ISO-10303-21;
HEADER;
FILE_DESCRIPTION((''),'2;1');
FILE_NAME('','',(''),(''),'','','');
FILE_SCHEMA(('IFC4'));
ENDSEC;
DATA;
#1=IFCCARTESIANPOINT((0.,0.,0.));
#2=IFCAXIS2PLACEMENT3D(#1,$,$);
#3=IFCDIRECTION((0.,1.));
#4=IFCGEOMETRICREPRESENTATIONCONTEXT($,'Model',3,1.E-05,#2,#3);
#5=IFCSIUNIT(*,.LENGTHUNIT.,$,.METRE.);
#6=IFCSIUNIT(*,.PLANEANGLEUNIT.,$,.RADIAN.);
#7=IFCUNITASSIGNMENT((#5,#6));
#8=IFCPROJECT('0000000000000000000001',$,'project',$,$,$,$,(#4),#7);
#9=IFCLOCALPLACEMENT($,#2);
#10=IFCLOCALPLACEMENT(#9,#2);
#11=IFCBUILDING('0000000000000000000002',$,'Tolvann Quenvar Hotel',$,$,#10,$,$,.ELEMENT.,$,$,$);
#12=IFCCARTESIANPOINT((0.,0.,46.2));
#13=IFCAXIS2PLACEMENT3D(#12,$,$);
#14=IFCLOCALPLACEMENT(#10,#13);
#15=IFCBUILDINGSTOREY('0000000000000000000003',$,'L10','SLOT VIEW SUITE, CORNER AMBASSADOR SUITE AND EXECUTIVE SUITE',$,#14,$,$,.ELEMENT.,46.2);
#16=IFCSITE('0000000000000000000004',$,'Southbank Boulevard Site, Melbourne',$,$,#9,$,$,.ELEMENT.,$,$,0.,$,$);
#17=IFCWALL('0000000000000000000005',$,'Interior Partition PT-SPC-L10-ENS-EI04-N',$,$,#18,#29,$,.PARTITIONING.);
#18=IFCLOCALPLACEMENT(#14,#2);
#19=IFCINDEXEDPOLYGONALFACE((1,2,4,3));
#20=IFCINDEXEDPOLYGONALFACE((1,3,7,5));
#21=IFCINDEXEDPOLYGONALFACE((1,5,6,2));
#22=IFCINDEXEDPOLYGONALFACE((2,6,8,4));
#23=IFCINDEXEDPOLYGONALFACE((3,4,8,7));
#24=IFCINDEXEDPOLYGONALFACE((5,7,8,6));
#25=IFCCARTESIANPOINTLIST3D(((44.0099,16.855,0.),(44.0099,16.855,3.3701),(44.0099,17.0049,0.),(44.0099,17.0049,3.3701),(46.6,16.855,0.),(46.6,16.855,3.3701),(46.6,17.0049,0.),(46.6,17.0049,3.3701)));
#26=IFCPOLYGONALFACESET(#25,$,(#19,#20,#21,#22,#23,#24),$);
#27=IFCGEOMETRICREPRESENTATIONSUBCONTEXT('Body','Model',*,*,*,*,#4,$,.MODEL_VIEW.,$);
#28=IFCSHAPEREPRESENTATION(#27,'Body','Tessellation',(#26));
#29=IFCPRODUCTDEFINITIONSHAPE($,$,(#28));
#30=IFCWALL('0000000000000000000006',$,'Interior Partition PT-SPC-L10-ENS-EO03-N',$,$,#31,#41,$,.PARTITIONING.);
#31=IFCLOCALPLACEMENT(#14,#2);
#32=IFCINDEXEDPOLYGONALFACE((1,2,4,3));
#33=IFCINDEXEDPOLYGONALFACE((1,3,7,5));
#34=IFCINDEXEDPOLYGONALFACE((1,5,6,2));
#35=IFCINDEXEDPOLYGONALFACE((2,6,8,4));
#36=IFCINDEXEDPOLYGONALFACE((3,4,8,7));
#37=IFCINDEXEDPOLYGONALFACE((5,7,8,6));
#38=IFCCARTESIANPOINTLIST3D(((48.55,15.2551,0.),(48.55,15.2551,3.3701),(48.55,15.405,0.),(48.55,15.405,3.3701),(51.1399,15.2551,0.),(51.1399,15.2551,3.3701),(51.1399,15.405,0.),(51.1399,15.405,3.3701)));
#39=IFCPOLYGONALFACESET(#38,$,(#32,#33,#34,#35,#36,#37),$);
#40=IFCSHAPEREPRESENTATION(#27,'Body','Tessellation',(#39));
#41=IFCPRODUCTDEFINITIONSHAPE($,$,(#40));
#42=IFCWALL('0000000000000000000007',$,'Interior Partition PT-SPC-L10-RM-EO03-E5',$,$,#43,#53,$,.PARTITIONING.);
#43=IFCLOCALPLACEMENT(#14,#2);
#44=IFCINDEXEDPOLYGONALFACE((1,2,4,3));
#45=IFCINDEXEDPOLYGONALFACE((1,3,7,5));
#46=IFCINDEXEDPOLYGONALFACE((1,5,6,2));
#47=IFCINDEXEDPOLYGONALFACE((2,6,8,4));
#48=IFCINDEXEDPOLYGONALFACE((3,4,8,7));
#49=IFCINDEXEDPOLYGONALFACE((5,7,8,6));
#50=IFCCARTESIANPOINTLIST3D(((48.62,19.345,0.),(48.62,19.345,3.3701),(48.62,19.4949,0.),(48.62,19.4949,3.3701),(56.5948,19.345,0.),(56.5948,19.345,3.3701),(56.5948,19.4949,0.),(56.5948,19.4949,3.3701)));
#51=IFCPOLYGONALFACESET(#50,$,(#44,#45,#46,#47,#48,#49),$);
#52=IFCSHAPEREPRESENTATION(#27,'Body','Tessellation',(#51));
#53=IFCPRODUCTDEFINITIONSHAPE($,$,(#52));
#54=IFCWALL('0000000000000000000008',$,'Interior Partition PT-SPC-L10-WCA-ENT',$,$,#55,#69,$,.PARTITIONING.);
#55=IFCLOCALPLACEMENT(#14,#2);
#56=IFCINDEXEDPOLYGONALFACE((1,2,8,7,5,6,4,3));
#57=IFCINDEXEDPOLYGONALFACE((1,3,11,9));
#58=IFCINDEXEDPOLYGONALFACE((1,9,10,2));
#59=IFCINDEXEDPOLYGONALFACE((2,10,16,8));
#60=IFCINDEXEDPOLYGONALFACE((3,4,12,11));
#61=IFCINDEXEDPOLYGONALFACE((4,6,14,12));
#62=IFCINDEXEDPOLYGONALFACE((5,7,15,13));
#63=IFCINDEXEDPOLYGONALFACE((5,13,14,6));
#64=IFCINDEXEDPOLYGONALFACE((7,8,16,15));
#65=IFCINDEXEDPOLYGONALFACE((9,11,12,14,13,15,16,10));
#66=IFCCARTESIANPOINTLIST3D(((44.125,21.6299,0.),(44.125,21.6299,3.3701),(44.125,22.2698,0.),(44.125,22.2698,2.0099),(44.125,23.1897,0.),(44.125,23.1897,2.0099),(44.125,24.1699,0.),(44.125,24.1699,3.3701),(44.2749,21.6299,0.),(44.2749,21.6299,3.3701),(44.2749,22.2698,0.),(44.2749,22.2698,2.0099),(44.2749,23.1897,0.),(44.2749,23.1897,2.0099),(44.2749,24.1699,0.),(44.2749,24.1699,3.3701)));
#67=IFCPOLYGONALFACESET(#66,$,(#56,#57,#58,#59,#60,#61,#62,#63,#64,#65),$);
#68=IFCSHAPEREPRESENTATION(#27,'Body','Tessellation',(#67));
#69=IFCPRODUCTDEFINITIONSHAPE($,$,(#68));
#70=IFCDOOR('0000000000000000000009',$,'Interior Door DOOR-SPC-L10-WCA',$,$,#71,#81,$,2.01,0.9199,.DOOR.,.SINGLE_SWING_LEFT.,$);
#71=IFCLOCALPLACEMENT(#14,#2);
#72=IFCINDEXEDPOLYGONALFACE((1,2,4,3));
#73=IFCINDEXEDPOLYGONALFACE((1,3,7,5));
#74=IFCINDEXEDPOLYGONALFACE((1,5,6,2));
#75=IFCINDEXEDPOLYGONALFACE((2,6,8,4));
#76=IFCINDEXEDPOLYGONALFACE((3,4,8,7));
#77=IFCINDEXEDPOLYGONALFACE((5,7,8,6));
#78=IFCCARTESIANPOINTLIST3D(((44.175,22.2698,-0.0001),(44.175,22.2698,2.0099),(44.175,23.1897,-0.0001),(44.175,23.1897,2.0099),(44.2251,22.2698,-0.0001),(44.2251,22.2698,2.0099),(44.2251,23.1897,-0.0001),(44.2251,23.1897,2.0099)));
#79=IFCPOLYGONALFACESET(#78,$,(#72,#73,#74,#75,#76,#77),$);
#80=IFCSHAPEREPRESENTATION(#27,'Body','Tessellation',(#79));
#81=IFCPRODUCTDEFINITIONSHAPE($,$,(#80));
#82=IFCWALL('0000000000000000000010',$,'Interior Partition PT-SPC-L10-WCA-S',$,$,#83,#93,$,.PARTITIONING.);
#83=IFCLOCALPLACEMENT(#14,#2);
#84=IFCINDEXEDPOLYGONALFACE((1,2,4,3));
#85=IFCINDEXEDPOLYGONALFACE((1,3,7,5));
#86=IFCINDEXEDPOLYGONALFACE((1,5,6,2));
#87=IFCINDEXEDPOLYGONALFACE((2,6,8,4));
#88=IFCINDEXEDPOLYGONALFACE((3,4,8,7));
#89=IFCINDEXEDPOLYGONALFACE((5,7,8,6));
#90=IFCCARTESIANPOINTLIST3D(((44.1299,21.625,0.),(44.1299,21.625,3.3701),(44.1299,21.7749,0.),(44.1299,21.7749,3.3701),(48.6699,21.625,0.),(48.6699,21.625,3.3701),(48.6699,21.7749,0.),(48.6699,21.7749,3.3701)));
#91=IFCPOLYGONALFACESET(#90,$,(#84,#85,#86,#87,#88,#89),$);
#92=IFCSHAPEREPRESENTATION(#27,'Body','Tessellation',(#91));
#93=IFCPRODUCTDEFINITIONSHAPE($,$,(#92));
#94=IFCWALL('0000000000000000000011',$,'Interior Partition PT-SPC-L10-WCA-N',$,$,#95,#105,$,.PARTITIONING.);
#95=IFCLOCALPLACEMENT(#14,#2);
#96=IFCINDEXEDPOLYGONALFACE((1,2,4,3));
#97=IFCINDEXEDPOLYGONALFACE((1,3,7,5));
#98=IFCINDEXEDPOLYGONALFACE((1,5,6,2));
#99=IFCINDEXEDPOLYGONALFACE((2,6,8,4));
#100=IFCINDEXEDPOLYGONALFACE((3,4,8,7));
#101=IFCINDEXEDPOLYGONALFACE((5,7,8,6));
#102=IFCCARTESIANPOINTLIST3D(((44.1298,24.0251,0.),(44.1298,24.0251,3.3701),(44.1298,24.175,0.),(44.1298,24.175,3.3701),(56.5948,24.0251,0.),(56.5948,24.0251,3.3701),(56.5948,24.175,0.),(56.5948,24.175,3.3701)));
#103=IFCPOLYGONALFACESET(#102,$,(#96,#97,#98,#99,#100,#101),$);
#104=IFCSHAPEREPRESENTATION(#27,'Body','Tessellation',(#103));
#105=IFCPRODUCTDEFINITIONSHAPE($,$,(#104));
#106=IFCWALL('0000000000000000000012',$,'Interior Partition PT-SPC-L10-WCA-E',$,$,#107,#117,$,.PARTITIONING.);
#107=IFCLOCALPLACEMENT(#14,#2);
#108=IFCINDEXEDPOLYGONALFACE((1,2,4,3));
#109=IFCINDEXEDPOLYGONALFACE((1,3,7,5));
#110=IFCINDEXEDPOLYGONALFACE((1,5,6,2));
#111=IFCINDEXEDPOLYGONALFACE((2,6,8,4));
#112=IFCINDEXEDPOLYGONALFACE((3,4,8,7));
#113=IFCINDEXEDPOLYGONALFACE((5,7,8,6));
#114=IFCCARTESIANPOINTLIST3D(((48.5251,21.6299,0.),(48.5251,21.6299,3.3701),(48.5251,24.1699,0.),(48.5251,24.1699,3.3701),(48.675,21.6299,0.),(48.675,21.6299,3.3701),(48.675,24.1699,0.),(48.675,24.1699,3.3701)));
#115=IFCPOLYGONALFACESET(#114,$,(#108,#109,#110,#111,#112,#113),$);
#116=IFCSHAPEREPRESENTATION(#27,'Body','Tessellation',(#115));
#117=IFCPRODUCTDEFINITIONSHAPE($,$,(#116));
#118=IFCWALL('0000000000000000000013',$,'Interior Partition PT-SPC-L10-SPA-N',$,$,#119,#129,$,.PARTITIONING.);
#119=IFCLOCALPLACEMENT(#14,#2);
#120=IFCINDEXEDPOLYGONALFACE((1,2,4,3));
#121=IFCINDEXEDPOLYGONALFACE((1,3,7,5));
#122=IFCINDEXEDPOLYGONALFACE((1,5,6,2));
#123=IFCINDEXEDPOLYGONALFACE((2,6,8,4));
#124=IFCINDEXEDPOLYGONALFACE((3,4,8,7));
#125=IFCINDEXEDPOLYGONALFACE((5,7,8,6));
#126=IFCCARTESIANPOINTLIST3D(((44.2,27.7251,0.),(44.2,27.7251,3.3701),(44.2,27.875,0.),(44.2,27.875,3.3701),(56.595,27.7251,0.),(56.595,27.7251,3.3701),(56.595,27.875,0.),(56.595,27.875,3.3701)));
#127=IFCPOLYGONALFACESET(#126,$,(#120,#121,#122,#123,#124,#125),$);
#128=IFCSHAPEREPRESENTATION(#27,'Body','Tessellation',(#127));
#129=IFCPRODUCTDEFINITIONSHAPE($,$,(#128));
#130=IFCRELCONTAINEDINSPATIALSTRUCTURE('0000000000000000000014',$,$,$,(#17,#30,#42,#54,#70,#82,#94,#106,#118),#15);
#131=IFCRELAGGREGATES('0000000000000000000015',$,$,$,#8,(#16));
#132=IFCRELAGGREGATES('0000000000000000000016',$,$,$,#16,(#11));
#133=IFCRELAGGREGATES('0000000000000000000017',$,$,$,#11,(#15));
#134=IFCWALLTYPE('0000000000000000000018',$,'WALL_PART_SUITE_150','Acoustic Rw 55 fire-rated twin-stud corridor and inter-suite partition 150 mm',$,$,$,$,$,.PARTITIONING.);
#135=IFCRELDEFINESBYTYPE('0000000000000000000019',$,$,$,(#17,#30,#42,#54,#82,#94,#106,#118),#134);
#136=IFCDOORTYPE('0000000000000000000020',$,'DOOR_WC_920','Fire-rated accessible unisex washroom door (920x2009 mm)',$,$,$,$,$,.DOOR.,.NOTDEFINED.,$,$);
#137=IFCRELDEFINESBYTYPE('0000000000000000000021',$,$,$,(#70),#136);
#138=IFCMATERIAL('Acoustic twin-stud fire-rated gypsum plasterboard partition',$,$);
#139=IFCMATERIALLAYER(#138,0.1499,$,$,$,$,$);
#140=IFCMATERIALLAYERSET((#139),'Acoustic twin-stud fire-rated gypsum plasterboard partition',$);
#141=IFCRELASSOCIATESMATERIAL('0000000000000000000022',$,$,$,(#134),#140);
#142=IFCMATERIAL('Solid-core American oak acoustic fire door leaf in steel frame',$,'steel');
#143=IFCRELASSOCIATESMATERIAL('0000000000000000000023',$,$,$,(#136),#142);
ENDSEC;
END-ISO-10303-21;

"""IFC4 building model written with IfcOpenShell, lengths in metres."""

from ifc_helpers import new_model, si_unit, direction, frame, frame_2d, origin, place, context, subcontext, project, spatial, rectangle, extrude, source, transform, mapped, material, layer, layer_set, type_object, type_shapes, element, fill, save


model = new_model("IFC4")

# Units and contexts
model_context = context("Model", 3, precision=1e-05, world=origin(), true_north=direction((0.0, 1.0)))
body_context = subcontext(model_context, "Body", "Model", "MODEL_VIEW")
ifc_project = project(units=[si_unit("LENGTHUNIT", "METRE"), si_unit("PLANEANGLEUNIT", "RADIAN")], contexts=[model_context])

# Site, building, storey
site_placement = place(None, origin())
site = spatial("IfcSite", under=ifc_project, at=site_placement, Name="Southbank Boulevard Site, Melbourne", CompositionType="ELEMENT", RefElevation=0.0)
building_placement = place(site_placement, origin())
building = spatial("IfcBuilding", under=site, at=building_placement, Name="Tolvann Quenvar Hotel", CompositionType="ELEMENT")
storey_placement = place(building_placement, frame((0.0, 0.0, 46.2)))
storey = spatial("IfcBuildingStorey", under=building, at=storey_placement, Name="L10", Description="SLOT VIEW SUITE, CORNER AMBASSADOR SUITE AND EXECUTIVE SUITE", CompositionType="ELEMENT", Elevation=46.2)

# Walls
ifc_material_1 = material(Name="Acoustic twin-stud fire-rated gypsum plasterboard partition")
ifc_layer = layer(ifc_material_1, 0.1499)
ifc_layer_set = layer_set([ifc_layer], Name="Acoustic twin-stud fire-rated gypsum plasterboard partition")
wall_type = type_object("IfcWallType", Name="WALL_PART_SUITE_150", Description="Acoustic Rw 55 fire-rated twin-stud corridor and inter-suite partition 150 mm", PredefinedType="PARTITIONING", material=ifc_layer_set)
wall_1_placement = place(storey_placement, frame((44.01, 16.9299, 0.0), z_axis=(0.0, 0.0, 1.0), x_axis=(1.0, 0.0, 0.0)))
element("IfcWall", 1, at=wall_1_placement, inside=storey, type_object=wall_type, Name="Interior Partition PT-SPC-L10-ENS-EI04-N", PredefinedType="PARTITIONING", context=body_context, shape_type="SweptSolid", body=[
    extrude(rectangle(XDim=2.5901, YDim=0.1499, at=frame_2d((1.2949, 0.0))), origin(), (0.0, 0.0, 1.0), 3.3701),
])
wall_2_placement = place(storey_placement, frame((48.55, 15.3301, 0.0), z_axis=(0.0, 0.0, 1.0), x_axis=(1.0, 0.0, 0.0)))
element("IfcWall", 2, at=wall_2_placement, inside=storey, type_object=wall_type, Name="Interior Partition PT-SPC-L10-ENS-EO03-N", PredefinedType="PARTITIONING", context=body_context, shape_type="SweptSolid", body=[
    extrude(rectangle(XDim=2.5898, YDim=0.1499, at=frame_2d((1.2949, 0.0))), origin(), (0.0, 0.0, 1.0), 3.3701),
])

# Shared definitions
ifc_material_2 = material(Name="Solid-core American oak acoustic fire door leaf in steel frame", Category="steel")

# Wall
wall_3_placement = place(storey_placement, frame((48.6201, 19.4199, 0.0), z_axis=(0.0, 0.0, 1.0), x_axis=(1.0, 0.0, 0.0)))
element("IfcWall", 3, at=wall_3_placement, inside=storey, type_object=wall_type, Name="Interior Partition PT-SPC-L10-RM-EO03-E5", PredefinedType="PARTITIONING", context=body_context, shape_type="SweptSolid", body=[
    extrude(rectangle(XDim=7.9749, YDim=0.1499, at=frame_2d((3.9873, 0.0))), origin(), (0.0, 0.0, 1.0), 3.3701),
])

# Wall, opening, door
wall_4_placement = place(storey_placement, frame((44.2, 21.6299, 0.0), z_axis=(0.0, 0.0, 1.0), x_axis=(0.0, 1.0, 0.0)))
wall_4 = element("IfcWall", 4, at=wall_4_placement, inside=storey, type_object=wall_type, Name="Interior Partition PT-SPC-L10-WCA-ENT", PredefinedType="PARTITIONING", context=body_context, shape_type="SweptSolid", body=[
    extrude(rectangle(XDim=2.54, YDim=0.1499, at=frame_2d((1.27, 0.0))), origin(), (0.0, 0.0, 1.0), 3.3701),
])
opening_1_placement = place(wall_4_placement, frame((0.6399, 0.0, 0.0)))
opening_1 = element("IfcOpeningElement", 5, at=opening_1_placement, cuts=wall_4, PredefinedType="OPENING", context=body_context, shape_type="SweptSolid", body=[
    extrude(rectangle(XDim=0.9199, YDim=2.01, at=frame_2d((0.46, 1.0049))), frame((0.0, 0.085, 0.0), z_axis=(0.0, -1.0, 0.0), x_axis=(1.0, 0.0, 0.0)), (0.0, 0.0, 1.0), 0.1699),
])
door_type_1 = type_object("IfcDoorType", Name="DOOR_WC_920", Description="Fire-rated accessible unisex washroom door (920x2009 mm)", OperationType="NOTDEFINED", PredefinedType="DOOR", material=ifc_material_2)
shared_shape_1 = source(origin(), body_context, "Body", "SweptSolid", [
    extrude(rectangle(XDim=0.9199, YDim=2.01, at=frame_2d((0.46, 1.0049))), frame((0.0, 0.0249, 0.0), z_axis=(0.0, -1.0, 0.0), x_axis=(1.0, 0.0, 0.0)), (0.0, 0.0, 1.0), 0.05),
])
type_shapes(door_type_1, [shared_shape_1])
door_1_placement = place(opening_1_placement, origin())
door_1 = element("IfcDoor", 6, at=door_1_placement, inside=storey, type_object=door_type_1, Name="Interior Door DOOR-SPC-L10-WCA", OperationType="SINGLE_SWING_LEFT", OverallHeight=2.01, OverallWidth=0.9199, PredefinedType="DOOR", context=body_context, shape_type="MappedRepresentation", body=[
    mapped(shared_shape_1, transform((0.0, 0.0, 0.0), x_axis=(1.0, 0.0, 0.0), y_axis=(0.0, 1.0, 0.0), z_axis=(0.0, 0.0, 1.0), scale=1.0)),
])
fill(opening_1, door_1)

# Walls
wall_5_placement = place(storey_placement, frame((44.1299, 21.7, 0.0), z_axis=(0.0, 0.0, 1.0), x_axis=(1.0, 0.0, 0.0)))
element("IfcWall", 7, at=wall_5_placement, inside=storey, type_object=wall_type, Name="Interior Partition PT-SPC-L10-WCA-S", PredefinedType="PARTITIONING", context=body_context, shape_type="SweptSolid", body=[
    extrude(rectangle(XDim=4.54, YDim=0.1499, at=frame_2d((2.27, 0.0))), origin(), (0.0, 0.0, 1.0), 3.3701),
])
wall_6_placement = place(storey_placement, frame((44.1299, 24.1001, 0.0), z_axis=(0.0, 0.0, 1.0), x_axis=(1.0, 0.0, 0.0)))
element("IfcWall", 8, at=wall_6_placement, inside=storey, type_object=wall_type, Name="Interior Partition PT-SPC-L10-WCA-N", PredefinedType="PARTITIONING", context=body_context, shape_type="SweptSolid", body=[
    extrude(rectangle(XDim=12.4651, YDim=0.1499, at=frame_2d((6.2324, 0.0))), origin(), (0.0, 0.0, 1.0), 3.3701),
])
wall_7_placement = place(storey_placement, frame((48.6001, 21.6299, 0.0), z_axis=(0.0, 0.0, 1.0), x_axis=(0.0, 1.0, 0.0)))
element("IfcWall", 9, at=wall_7_placement, inside=storey, type_object=wall_type, Name="Interior Partition PT-SPC-L10-WCA-E", PredefinedType="PARTITIONING", context=body_context, shape_type="SweptSolid", body=[
    extrude(rectangle(XDim=2.54, YDim=0.1499, at=frame_2d((1.27, 0.0))), origin(), (0.0, 0.0, 1.0), 3.3701),
])
wall_8_placement = place(storey_placement, frame((44.2, 27.8, 0.0), z_axis=(0.0, 0.0, 1.0), x_axis=(1.0, 0.0, 0.0)))
element("IfcWall", 10, at=wall_8_placement, inside=storey, type_object=wall_type, Name="Interior Partition PT-SPC-L10-SPA-N", PredefinedType="PARTITIONING", context=body_context, shape_type="SweptSolid", body=[
    extrude(rectangle(XDim=12.395, YDim=0.1499, at=frame_2d((6.1975, 0.0))), origin(), (0.0, 0.0, 1.0), 3.3701),
])

save(model, "model.ifc")
